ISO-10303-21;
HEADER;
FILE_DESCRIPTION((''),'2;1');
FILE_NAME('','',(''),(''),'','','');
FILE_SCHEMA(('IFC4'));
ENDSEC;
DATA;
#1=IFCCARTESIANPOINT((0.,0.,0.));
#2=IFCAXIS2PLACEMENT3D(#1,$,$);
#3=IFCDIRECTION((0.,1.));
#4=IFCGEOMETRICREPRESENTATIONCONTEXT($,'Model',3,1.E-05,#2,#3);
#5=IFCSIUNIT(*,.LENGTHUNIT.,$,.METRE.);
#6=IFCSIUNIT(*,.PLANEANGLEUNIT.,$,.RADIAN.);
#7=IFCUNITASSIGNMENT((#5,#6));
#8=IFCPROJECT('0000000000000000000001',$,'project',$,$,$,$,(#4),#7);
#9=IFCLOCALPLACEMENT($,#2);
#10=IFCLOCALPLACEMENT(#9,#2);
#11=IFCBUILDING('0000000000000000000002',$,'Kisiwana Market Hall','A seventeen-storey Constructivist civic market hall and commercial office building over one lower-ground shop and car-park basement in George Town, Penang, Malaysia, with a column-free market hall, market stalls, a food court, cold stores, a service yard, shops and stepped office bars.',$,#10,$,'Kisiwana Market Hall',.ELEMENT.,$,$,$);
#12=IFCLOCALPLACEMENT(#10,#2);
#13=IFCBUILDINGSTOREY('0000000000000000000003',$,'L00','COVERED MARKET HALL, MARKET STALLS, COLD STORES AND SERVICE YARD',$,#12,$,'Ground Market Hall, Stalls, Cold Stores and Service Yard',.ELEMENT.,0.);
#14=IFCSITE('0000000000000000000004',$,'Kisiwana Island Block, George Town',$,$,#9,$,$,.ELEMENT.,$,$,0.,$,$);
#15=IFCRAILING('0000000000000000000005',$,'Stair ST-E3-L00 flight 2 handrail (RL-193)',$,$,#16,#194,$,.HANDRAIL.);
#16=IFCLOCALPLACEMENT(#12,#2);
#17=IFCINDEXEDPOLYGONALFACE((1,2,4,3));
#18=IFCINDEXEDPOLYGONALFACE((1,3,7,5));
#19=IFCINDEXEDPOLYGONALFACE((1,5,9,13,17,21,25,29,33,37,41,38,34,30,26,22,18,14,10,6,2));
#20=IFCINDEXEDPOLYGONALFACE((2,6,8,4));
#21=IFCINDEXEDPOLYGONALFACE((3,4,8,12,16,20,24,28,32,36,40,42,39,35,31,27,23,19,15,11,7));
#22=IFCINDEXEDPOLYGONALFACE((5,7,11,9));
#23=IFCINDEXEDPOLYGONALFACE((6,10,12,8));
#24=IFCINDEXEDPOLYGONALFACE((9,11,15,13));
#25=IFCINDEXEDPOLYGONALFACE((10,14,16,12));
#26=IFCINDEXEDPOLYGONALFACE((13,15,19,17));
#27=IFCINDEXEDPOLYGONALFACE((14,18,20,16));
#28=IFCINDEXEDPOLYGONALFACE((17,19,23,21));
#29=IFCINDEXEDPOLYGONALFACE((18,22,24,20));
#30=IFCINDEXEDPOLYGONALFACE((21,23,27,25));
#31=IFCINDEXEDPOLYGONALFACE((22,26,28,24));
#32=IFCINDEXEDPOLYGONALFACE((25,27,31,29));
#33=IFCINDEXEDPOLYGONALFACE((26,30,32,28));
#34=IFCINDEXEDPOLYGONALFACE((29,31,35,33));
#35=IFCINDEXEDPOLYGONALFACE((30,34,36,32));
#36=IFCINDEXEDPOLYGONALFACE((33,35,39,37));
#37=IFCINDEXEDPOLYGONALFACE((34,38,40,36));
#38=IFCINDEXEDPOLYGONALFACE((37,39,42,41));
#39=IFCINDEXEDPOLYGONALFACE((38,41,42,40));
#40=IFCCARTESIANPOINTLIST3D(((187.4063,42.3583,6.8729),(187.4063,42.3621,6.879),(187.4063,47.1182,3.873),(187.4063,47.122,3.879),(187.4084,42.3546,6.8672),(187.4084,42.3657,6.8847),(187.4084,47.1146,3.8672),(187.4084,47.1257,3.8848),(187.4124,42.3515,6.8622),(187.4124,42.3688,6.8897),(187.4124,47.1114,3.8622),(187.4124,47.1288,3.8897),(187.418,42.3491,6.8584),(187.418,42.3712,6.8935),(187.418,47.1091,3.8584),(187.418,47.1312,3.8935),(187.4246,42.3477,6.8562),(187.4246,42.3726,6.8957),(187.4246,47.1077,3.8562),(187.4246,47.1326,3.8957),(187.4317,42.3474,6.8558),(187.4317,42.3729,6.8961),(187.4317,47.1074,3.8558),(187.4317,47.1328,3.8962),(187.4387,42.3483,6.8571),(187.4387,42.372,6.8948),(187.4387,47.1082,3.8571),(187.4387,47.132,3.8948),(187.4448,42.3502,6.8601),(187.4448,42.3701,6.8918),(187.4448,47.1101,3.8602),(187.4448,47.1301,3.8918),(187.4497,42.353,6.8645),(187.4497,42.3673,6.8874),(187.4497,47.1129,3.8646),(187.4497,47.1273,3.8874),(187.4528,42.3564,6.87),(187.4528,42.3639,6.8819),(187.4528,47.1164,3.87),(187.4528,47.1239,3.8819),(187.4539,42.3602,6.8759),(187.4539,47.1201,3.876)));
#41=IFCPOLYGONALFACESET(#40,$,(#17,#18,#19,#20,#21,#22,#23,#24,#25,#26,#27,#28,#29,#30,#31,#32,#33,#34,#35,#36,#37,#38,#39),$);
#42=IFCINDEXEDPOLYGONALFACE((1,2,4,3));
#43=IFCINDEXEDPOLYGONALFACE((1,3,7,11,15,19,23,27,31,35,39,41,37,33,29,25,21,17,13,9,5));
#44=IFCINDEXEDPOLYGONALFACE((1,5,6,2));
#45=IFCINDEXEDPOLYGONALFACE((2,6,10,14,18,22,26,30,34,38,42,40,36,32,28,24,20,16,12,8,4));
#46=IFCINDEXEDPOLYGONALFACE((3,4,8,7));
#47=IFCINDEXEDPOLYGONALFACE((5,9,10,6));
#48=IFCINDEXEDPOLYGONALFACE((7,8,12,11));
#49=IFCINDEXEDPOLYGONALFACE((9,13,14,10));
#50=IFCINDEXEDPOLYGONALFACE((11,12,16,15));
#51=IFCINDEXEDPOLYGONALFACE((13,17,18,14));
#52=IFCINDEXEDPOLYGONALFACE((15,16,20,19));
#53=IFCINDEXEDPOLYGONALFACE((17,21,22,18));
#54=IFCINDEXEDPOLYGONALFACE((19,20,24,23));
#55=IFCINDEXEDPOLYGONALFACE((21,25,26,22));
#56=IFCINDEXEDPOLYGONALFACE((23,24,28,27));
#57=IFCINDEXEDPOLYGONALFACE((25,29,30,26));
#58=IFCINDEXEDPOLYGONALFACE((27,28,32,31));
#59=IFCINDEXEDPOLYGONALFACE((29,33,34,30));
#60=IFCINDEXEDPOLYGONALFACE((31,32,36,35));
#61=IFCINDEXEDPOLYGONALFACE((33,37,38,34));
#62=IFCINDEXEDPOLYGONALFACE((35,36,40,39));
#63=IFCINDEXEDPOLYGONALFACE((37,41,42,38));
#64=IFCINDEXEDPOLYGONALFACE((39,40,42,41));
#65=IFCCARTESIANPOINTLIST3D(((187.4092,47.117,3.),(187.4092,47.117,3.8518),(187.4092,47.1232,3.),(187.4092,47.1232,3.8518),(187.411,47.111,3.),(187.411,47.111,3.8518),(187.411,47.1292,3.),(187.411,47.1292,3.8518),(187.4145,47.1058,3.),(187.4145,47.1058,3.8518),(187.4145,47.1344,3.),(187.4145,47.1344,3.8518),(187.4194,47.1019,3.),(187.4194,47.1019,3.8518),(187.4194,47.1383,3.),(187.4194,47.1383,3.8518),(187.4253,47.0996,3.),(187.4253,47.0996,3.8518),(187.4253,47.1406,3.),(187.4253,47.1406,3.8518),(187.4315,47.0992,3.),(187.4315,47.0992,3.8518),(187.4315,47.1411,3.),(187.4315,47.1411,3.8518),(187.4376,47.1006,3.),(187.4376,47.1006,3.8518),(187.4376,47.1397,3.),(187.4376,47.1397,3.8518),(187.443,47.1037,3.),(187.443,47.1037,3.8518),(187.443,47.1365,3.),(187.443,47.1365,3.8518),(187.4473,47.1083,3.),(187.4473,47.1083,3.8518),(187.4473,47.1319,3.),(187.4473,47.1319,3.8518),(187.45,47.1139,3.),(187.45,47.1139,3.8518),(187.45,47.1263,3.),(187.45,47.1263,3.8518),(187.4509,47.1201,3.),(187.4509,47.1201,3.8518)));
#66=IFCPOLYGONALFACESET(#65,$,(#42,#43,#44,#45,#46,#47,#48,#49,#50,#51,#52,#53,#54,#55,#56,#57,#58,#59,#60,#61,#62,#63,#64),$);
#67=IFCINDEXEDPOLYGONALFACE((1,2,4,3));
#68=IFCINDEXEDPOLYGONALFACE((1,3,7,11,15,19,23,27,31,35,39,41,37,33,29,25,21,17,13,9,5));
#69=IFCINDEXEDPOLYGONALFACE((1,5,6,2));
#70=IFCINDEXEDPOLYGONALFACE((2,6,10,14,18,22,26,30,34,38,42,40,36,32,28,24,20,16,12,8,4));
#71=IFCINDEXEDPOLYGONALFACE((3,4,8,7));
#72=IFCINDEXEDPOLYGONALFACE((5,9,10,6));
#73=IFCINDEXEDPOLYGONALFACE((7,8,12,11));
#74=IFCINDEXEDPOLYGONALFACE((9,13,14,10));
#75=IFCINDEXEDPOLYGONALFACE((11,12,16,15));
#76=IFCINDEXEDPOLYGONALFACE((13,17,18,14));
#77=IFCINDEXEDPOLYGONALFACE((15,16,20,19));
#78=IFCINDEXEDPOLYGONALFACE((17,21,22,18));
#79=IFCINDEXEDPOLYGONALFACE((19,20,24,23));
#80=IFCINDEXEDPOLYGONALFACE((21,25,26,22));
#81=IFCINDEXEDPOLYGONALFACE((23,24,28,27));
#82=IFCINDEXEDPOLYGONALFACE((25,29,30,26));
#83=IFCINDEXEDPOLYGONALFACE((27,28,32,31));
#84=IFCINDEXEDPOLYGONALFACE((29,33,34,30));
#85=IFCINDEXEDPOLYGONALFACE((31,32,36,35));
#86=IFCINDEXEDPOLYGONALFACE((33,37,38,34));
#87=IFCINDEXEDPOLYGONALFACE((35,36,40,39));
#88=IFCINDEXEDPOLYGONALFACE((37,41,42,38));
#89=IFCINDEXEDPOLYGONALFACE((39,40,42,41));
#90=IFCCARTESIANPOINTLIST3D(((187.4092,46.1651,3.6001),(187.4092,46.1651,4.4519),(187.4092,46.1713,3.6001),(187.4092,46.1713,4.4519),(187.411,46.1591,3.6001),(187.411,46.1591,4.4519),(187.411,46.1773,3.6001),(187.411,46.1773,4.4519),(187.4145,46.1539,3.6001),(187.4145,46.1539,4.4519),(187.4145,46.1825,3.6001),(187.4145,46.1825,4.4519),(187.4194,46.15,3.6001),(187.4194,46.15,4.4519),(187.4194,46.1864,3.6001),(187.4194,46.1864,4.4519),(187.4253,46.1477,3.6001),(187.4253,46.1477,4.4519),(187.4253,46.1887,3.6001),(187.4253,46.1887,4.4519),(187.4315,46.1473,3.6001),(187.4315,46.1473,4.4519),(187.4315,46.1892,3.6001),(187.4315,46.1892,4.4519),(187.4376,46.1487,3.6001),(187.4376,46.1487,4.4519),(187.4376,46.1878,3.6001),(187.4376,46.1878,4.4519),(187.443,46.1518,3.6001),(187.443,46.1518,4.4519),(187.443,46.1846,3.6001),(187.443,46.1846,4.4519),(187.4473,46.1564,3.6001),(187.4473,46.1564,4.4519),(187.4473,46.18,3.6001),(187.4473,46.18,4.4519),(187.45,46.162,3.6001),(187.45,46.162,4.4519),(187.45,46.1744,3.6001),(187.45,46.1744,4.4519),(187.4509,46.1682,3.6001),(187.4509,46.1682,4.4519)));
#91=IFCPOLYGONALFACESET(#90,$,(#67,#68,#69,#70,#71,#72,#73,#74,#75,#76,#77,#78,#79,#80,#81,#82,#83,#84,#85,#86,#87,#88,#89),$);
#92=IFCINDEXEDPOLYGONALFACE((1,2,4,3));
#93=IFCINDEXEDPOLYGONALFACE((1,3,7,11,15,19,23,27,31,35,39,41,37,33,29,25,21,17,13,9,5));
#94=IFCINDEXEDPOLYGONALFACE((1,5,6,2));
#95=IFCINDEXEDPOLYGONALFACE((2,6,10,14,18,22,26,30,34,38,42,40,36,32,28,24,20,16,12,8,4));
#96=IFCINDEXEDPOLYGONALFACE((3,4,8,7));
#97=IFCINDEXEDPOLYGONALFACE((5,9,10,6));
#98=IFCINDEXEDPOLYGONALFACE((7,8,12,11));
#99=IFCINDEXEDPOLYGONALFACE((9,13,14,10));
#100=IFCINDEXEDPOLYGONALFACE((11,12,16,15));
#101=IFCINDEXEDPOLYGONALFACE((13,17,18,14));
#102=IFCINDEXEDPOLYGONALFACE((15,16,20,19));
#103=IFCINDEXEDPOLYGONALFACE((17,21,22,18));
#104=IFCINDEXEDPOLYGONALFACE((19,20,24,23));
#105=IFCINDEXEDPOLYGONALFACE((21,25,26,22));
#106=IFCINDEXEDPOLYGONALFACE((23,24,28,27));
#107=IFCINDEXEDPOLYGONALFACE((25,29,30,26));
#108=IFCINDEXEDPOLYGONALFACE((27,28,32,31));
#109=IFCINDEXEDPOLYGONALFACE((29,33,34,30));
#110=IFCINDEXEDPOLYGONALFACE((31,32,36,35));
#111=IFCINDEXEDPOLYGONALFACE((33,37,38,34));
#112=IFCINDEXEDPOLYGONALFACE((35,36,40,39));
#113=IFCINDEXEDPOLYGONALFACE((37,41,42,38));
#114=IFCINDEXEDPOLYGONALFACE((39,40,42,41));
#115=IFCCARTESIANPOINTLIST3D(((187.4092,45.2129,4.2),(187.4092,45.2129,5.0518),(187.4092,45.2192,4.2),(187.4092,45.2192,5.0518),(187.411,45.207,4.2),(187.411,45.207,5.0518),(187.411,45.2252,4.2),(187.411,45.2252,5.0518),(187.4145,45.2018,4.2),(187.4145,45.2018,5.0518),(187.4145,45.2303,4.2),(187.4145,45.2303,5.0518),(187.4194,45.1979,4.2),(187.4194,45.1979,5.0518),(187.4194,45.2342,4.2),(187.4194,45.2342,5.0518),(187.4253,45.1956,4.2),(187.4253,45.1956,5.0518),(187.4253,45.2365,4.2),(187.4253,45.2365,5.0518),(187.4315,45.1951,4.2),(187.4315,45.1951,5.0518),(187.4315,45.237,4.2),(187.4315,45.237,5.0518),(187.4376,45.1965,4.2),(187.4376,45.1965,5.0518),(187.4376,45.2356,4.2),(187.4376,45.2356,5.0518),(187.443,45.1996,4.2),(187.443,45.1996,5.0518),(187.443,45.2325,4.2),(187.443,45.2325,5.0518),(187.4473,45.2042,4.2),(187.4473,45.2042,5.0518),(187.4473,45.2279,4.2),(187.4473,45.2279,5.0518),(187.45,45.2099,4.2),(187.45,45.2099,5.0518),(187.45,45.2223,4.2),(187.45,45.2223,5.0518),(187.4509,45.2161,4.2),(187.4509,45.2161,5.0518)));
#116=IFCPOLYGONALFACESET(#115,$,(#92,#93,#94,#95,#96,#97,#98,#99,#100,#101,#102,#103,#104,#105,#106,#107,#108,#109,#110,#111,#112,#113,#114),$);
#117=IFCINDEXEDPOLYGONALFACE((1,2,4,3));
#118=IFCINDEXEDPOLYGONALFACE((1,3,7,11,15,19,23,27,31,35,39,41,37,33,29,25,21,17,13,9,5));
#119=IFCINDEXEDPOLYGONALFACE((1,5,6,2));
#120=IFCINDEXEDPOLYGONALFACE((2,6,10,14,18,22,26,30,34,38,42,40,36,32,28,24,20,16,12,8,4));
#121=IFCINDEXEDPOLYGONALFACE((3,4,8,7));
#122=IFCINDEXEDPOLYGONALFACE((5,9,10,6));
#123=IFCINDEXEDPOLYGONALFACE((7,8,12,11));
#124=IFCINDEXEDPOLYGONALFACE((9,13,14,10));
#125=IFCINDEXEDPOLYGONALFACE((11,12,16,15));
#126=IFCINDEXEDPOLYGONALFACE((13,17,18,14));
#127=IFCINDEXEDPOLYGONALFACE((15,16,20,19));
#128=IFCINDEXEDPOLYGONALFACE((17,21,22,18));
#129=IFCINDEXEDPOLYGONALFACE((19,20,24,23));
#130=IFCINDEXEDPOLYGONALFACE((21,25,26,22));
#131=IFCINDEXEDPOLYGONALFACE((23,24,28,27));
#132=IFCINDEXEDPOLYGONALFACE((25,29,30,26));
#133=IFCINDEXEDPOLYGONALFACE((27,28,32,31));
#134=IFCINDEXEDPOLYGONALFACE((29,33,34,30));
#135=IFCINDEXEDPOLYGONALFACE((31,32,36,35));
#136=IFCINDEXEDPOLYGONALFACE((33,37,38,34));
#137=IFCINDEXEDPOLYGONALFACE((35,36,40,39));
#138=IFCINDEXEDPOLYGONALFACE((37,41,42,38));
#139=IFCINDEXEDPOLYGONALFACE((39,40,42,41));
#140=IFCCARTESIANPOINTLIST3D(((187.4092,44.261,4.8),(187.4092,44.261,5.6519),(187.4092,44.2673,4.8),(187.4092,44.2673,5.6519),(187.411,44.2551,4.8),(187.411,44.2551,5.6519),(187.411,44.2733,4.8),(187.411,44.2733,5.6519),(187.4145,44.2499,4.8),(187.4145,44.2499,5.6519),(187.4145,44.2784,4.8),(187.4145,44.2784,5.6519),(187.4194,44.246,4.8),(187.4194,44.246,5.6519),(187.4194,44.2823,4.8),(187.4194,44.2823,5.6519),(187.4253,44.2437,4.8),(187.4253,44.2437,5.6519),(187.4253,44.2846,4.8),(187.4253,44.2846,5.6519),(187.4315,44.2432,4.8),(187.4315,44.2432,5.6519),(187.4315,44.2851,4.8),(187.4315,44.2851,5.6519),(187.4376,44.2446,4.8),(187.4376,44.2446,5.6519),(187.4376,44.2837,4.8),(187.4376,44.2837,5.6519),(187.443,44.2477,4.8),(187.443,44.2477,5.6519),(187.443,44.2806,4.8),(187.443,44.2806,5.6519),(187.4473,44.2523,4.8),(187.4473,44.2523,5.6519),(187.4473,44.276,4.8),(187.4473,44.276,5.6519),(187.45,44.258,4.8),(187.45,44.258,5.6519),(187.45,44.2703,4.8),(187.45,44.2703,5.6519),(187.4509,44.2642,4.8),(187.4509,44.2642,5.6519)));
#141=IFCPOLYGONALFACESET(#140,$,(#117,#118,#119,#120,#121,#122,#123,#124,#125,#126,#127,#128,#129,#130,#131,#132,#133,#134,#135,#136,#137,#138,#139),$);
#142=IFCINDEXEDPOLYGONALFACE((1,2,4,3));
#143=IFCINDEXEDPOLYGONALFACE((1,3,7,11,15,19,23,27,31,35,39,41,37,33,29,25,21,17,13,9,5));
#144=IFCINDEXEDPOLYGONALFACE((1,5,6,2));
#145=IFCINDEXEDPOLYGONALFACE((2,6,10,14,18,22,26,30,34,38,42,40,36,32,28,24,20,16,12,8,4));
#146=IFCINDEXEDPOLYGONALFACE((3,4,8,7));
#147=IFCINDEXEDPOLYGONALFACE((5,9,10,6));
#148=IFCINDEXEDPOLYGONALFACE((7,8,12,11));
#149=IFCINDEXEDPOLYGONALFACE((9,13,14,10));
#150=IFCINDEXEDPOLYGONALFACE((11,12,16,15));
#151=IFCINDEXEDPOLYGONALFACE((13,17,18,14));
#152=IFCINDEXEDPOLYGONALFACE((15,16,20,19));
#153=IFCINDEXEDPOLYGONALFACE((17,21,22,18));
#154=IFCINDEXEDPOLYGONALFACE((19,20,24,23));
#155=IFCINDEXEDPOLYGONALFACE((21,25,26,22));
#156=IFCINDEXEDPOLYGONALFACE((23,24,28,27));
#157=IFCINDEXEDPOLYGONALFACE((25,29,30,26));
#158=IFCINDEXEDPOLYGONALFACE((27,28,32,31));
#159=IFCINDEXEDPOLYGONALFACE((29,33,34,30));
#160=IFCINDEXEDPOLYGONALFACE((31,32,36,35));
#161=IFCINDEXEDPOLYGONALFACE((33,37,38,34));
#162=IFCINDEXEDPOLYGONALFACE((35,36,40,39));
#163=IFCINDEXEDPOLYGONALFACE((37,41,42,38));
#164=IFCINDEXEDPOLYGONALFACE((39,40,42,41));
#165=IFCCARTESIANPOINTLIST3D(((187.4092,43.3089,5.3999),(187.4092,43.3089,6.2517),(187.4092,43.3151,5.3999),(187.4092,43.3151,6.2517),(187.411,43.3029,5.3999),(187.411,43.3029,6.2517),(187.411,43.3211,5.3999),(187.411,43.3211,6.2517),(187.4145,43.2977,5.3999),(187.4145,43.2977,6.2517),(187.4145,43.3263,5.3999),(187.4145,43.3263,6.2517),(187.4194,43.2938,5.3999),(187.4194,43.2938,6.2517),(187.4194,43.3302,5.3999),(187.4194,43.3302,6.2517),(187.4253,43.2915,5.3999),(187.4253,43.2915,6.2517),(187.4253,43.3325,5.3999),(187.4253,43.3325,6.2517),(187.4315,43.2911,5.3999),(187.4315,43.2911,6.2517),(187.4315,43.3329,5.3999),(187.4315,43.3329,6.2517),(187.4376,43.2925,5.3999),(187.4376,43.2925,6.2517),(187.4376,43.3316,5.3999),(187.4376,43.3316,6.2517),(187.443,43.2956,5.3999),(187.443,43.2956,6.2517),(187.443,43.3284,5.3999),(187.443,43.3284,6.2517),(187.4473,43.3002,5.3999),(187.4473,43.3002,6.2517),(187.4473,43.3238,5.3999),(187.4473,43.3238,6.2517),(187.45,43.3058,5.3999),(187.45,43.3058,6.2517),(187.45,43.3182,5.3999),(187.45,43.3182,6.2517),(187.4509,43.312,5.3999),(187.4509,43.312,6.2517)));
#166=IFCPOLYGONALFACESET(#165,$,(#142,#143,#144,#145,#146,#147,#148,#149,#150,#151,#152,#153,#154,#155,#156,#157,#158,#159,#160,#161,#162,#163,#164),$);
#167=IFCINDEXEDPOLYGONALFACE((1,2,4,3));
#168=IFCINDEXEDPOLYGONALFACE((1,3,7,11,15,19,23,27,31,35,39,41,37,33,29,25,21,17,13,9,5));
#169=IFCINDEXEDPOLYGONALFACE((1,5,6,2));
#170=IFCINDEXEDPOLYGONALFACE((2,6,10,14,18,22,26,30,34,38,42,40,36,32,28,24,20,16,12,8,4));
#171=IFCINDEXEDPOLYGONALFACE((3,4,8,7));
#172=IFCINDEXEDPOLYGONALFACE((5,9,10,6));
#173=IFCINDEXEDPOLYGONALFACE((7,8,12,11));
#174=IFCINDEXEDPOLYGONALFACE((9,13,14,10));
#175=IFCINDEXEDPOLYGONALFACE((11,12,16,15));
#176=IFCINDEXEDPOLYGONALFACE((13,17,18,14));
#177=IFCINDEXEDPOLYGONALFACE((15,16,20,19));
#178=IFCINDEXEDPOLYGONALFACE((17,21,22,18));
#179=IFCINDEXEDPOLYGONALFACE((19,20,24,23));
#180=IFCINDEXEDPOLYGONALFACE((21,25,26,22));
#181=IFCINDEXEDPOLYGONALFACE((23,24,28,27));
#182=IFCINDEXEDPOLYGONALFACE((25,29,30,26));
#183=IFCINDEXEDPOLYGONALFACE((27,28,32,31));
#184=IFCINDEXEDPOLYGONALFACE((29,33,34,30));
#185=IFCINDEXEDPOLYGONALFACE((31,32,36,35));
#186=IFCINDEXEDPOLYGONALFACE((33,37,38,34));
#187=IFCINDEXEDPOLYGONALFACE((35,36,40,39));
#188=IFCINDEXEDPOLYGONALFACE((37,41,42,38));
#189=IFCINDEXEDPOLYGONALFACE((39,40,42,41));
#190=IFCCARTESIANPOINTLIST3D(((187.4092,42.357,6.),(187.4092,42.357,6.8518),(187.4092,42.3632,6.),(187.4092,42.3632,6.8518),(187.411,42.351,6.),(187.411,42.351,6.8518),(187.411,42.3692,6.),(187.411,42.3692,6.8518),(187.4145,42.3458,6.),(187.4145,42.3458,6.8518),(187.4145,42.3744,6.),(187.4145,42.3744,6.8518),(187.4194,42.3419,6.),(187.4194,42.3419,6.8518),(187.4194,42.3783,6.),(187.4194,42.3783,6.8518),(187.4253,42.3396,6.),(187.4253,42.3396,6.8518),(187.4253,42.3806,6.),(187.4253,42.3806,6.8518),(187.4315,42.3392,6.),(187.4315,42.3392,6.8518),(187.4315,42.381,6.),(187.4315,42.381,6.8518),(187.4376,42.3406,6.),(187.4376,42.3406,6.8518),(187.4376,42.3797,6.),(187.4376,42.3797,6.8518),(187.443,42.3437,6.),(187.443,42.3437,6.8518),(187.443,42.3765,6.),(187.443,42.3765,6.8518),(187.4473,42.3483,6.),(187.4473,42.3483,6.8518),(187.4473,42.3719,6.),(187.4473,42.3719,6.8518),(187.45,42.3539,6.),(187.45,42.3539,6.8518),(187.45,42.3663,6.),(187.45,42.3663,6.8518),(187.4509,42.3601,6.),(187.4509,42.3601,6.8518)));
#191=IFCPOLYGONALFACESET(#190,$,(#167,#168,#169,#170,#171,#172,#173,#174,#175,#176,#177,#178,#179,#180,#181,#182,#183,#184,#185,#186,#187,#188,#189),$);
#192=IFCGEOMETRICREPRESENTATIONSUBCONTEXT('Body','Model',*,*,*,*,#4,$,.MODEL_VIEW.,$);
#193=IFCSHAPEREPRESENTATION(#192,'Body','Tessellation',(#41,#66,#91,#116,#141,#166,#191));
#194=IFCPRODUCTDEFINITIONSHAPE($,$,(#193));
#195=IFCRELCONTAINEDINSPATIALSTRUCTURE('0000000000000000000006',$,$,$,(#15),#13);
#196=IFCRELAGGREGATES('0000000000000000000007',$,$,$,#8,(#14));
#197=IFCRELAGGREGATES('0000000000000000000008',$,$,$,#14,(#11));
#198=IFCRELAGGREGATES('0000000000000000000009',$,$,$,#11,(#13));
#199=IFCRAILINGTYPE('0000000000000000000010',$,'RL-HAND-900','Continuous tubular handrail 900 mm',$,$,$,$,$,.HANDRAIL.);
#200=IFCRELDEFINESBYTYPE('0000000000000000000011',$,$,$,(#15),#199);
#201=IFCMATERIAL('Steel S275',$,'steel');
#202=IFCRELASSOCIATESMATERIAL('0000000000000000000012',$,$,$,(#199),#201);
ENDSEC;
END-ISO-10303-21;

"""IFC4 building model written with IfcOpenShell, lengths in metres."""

from ifc_helpers import new_model, si_unit, direction, frame, origin, origin_2d, place, context, subcontext, project, spatial, circle, extrude, material, type_object, element, save


model = new_model("IFC4")

# Units and contexts
model_context = context("Model", 3, precision=1e-05, world=origin(), true_north=direction((0.0, 1.0)))
body_context = subcontext(model_context, "Body", "Model", "MODEL_VIEW")
ifc_project = project(units=[si_unit("LENGTHUNIT", "METRE"), si_unit("PLANEANGLEUNIT", "RADIAN")], contexts=[model_context])

# Site, building, storey
site_placement = place(None, origin())
site = spatial("IfcSite", under=ifc_project, at=site_placement, Name="Kisiwana Island Block, George Town", CompositionType="ELEMENT", RefElevation=0.0)
building_placement = place(site_placement, origin())
building = spatial("IfcBuilding", under=site, at=building_placement, Name="Kisiwana Market Hall", Description="A seventeen-storey Constructivist civic market hall and commercial office building over one lower-ground shop and car-park basement in George Town, Penang, Malaysia, with a column-free market hall, market stalls, a food court, cold stores, a service yard, shops and stepped office bars.", LongName="Kisiwana Market Hall", CompositionType="ELEMENT")
storey_placement = place(building_placement, origin())
storey = spatial("IfcBuildingStorey", under=building, at=storey_placement, Name="L00", Description="COVERED MARKET HALL, MARKET STALLS, COLD STORES AND SERVICE YARD", LongName="Ground Market Hall, Stalls, Cold Stores and Service Yard", CompositionType="ELEMENT", Elevation=0.0)

# Railing
ifc_material_1 = material(Name="Steel S275", Category="steel")
railing_type = type_object("IfcRailingType", Name="RL-HAND-900", Description="Continuous tubular handrail 900 mm", PredefinedType="HANDRAIL", material=ifc_material_1)
for number, where, name in (
    (1, (187.4299, 47.1201, 3.0), "Stair ST-E3-L00 flight 2 handrail (RL-193)"),
):
    element("IfcRailing", number, at=place(storey_placement, frame(where)), inside=storey, type_object=railing_type, Name=name, PredefinedType="HANDRAIL", context=body_context, shape_type="SweptSolid", body=[
        extrude(circle(Radius=0.0239, at=origin_2d()), frame((0.0, 0.0, 0.876), z_axis=(0.0, -0.845996, 0.53319), x_axis=(1.0, 0.0, 0.0)), (0.0, 0.0, 1.0), 5.6265),
        extrude(circle(Radius=0.021, at=origin_2d()), origin(), (0.0, 0.0, 1.0), 0.8518),
        extrude(circle(Radius=0.021, at=origin_2d()), frame((0.0, -0.9519, 0.6001)), (0.0, 0.0, 1.0), 0.8518),
        extrude(circle(Radius=0.021, at=origin_2d()), frame((0.0, -1.9041, 1.2)), (0.0, 0.0, 1.0), 0.8518),
        extrude(circle(Radius=0.021, at=origin_2d()), frame((0.0, -2.856, 1.8)), (0.0, 0.0, 1.0), 0.8518),
        extrude(circle(Radius=0.021, at=origin_2d()), frame((0.0, -3.8081, 2.3999)), (0.0, 0.0, 1.0), 0.8518),
        extrude(circle(Radius=0.021, at=origin_2d()), frame((0.0, -4.76, 3.0)), (0.0, 0.0, 1.0), 0.8518),
    ])

save(model, "model.ifc")
